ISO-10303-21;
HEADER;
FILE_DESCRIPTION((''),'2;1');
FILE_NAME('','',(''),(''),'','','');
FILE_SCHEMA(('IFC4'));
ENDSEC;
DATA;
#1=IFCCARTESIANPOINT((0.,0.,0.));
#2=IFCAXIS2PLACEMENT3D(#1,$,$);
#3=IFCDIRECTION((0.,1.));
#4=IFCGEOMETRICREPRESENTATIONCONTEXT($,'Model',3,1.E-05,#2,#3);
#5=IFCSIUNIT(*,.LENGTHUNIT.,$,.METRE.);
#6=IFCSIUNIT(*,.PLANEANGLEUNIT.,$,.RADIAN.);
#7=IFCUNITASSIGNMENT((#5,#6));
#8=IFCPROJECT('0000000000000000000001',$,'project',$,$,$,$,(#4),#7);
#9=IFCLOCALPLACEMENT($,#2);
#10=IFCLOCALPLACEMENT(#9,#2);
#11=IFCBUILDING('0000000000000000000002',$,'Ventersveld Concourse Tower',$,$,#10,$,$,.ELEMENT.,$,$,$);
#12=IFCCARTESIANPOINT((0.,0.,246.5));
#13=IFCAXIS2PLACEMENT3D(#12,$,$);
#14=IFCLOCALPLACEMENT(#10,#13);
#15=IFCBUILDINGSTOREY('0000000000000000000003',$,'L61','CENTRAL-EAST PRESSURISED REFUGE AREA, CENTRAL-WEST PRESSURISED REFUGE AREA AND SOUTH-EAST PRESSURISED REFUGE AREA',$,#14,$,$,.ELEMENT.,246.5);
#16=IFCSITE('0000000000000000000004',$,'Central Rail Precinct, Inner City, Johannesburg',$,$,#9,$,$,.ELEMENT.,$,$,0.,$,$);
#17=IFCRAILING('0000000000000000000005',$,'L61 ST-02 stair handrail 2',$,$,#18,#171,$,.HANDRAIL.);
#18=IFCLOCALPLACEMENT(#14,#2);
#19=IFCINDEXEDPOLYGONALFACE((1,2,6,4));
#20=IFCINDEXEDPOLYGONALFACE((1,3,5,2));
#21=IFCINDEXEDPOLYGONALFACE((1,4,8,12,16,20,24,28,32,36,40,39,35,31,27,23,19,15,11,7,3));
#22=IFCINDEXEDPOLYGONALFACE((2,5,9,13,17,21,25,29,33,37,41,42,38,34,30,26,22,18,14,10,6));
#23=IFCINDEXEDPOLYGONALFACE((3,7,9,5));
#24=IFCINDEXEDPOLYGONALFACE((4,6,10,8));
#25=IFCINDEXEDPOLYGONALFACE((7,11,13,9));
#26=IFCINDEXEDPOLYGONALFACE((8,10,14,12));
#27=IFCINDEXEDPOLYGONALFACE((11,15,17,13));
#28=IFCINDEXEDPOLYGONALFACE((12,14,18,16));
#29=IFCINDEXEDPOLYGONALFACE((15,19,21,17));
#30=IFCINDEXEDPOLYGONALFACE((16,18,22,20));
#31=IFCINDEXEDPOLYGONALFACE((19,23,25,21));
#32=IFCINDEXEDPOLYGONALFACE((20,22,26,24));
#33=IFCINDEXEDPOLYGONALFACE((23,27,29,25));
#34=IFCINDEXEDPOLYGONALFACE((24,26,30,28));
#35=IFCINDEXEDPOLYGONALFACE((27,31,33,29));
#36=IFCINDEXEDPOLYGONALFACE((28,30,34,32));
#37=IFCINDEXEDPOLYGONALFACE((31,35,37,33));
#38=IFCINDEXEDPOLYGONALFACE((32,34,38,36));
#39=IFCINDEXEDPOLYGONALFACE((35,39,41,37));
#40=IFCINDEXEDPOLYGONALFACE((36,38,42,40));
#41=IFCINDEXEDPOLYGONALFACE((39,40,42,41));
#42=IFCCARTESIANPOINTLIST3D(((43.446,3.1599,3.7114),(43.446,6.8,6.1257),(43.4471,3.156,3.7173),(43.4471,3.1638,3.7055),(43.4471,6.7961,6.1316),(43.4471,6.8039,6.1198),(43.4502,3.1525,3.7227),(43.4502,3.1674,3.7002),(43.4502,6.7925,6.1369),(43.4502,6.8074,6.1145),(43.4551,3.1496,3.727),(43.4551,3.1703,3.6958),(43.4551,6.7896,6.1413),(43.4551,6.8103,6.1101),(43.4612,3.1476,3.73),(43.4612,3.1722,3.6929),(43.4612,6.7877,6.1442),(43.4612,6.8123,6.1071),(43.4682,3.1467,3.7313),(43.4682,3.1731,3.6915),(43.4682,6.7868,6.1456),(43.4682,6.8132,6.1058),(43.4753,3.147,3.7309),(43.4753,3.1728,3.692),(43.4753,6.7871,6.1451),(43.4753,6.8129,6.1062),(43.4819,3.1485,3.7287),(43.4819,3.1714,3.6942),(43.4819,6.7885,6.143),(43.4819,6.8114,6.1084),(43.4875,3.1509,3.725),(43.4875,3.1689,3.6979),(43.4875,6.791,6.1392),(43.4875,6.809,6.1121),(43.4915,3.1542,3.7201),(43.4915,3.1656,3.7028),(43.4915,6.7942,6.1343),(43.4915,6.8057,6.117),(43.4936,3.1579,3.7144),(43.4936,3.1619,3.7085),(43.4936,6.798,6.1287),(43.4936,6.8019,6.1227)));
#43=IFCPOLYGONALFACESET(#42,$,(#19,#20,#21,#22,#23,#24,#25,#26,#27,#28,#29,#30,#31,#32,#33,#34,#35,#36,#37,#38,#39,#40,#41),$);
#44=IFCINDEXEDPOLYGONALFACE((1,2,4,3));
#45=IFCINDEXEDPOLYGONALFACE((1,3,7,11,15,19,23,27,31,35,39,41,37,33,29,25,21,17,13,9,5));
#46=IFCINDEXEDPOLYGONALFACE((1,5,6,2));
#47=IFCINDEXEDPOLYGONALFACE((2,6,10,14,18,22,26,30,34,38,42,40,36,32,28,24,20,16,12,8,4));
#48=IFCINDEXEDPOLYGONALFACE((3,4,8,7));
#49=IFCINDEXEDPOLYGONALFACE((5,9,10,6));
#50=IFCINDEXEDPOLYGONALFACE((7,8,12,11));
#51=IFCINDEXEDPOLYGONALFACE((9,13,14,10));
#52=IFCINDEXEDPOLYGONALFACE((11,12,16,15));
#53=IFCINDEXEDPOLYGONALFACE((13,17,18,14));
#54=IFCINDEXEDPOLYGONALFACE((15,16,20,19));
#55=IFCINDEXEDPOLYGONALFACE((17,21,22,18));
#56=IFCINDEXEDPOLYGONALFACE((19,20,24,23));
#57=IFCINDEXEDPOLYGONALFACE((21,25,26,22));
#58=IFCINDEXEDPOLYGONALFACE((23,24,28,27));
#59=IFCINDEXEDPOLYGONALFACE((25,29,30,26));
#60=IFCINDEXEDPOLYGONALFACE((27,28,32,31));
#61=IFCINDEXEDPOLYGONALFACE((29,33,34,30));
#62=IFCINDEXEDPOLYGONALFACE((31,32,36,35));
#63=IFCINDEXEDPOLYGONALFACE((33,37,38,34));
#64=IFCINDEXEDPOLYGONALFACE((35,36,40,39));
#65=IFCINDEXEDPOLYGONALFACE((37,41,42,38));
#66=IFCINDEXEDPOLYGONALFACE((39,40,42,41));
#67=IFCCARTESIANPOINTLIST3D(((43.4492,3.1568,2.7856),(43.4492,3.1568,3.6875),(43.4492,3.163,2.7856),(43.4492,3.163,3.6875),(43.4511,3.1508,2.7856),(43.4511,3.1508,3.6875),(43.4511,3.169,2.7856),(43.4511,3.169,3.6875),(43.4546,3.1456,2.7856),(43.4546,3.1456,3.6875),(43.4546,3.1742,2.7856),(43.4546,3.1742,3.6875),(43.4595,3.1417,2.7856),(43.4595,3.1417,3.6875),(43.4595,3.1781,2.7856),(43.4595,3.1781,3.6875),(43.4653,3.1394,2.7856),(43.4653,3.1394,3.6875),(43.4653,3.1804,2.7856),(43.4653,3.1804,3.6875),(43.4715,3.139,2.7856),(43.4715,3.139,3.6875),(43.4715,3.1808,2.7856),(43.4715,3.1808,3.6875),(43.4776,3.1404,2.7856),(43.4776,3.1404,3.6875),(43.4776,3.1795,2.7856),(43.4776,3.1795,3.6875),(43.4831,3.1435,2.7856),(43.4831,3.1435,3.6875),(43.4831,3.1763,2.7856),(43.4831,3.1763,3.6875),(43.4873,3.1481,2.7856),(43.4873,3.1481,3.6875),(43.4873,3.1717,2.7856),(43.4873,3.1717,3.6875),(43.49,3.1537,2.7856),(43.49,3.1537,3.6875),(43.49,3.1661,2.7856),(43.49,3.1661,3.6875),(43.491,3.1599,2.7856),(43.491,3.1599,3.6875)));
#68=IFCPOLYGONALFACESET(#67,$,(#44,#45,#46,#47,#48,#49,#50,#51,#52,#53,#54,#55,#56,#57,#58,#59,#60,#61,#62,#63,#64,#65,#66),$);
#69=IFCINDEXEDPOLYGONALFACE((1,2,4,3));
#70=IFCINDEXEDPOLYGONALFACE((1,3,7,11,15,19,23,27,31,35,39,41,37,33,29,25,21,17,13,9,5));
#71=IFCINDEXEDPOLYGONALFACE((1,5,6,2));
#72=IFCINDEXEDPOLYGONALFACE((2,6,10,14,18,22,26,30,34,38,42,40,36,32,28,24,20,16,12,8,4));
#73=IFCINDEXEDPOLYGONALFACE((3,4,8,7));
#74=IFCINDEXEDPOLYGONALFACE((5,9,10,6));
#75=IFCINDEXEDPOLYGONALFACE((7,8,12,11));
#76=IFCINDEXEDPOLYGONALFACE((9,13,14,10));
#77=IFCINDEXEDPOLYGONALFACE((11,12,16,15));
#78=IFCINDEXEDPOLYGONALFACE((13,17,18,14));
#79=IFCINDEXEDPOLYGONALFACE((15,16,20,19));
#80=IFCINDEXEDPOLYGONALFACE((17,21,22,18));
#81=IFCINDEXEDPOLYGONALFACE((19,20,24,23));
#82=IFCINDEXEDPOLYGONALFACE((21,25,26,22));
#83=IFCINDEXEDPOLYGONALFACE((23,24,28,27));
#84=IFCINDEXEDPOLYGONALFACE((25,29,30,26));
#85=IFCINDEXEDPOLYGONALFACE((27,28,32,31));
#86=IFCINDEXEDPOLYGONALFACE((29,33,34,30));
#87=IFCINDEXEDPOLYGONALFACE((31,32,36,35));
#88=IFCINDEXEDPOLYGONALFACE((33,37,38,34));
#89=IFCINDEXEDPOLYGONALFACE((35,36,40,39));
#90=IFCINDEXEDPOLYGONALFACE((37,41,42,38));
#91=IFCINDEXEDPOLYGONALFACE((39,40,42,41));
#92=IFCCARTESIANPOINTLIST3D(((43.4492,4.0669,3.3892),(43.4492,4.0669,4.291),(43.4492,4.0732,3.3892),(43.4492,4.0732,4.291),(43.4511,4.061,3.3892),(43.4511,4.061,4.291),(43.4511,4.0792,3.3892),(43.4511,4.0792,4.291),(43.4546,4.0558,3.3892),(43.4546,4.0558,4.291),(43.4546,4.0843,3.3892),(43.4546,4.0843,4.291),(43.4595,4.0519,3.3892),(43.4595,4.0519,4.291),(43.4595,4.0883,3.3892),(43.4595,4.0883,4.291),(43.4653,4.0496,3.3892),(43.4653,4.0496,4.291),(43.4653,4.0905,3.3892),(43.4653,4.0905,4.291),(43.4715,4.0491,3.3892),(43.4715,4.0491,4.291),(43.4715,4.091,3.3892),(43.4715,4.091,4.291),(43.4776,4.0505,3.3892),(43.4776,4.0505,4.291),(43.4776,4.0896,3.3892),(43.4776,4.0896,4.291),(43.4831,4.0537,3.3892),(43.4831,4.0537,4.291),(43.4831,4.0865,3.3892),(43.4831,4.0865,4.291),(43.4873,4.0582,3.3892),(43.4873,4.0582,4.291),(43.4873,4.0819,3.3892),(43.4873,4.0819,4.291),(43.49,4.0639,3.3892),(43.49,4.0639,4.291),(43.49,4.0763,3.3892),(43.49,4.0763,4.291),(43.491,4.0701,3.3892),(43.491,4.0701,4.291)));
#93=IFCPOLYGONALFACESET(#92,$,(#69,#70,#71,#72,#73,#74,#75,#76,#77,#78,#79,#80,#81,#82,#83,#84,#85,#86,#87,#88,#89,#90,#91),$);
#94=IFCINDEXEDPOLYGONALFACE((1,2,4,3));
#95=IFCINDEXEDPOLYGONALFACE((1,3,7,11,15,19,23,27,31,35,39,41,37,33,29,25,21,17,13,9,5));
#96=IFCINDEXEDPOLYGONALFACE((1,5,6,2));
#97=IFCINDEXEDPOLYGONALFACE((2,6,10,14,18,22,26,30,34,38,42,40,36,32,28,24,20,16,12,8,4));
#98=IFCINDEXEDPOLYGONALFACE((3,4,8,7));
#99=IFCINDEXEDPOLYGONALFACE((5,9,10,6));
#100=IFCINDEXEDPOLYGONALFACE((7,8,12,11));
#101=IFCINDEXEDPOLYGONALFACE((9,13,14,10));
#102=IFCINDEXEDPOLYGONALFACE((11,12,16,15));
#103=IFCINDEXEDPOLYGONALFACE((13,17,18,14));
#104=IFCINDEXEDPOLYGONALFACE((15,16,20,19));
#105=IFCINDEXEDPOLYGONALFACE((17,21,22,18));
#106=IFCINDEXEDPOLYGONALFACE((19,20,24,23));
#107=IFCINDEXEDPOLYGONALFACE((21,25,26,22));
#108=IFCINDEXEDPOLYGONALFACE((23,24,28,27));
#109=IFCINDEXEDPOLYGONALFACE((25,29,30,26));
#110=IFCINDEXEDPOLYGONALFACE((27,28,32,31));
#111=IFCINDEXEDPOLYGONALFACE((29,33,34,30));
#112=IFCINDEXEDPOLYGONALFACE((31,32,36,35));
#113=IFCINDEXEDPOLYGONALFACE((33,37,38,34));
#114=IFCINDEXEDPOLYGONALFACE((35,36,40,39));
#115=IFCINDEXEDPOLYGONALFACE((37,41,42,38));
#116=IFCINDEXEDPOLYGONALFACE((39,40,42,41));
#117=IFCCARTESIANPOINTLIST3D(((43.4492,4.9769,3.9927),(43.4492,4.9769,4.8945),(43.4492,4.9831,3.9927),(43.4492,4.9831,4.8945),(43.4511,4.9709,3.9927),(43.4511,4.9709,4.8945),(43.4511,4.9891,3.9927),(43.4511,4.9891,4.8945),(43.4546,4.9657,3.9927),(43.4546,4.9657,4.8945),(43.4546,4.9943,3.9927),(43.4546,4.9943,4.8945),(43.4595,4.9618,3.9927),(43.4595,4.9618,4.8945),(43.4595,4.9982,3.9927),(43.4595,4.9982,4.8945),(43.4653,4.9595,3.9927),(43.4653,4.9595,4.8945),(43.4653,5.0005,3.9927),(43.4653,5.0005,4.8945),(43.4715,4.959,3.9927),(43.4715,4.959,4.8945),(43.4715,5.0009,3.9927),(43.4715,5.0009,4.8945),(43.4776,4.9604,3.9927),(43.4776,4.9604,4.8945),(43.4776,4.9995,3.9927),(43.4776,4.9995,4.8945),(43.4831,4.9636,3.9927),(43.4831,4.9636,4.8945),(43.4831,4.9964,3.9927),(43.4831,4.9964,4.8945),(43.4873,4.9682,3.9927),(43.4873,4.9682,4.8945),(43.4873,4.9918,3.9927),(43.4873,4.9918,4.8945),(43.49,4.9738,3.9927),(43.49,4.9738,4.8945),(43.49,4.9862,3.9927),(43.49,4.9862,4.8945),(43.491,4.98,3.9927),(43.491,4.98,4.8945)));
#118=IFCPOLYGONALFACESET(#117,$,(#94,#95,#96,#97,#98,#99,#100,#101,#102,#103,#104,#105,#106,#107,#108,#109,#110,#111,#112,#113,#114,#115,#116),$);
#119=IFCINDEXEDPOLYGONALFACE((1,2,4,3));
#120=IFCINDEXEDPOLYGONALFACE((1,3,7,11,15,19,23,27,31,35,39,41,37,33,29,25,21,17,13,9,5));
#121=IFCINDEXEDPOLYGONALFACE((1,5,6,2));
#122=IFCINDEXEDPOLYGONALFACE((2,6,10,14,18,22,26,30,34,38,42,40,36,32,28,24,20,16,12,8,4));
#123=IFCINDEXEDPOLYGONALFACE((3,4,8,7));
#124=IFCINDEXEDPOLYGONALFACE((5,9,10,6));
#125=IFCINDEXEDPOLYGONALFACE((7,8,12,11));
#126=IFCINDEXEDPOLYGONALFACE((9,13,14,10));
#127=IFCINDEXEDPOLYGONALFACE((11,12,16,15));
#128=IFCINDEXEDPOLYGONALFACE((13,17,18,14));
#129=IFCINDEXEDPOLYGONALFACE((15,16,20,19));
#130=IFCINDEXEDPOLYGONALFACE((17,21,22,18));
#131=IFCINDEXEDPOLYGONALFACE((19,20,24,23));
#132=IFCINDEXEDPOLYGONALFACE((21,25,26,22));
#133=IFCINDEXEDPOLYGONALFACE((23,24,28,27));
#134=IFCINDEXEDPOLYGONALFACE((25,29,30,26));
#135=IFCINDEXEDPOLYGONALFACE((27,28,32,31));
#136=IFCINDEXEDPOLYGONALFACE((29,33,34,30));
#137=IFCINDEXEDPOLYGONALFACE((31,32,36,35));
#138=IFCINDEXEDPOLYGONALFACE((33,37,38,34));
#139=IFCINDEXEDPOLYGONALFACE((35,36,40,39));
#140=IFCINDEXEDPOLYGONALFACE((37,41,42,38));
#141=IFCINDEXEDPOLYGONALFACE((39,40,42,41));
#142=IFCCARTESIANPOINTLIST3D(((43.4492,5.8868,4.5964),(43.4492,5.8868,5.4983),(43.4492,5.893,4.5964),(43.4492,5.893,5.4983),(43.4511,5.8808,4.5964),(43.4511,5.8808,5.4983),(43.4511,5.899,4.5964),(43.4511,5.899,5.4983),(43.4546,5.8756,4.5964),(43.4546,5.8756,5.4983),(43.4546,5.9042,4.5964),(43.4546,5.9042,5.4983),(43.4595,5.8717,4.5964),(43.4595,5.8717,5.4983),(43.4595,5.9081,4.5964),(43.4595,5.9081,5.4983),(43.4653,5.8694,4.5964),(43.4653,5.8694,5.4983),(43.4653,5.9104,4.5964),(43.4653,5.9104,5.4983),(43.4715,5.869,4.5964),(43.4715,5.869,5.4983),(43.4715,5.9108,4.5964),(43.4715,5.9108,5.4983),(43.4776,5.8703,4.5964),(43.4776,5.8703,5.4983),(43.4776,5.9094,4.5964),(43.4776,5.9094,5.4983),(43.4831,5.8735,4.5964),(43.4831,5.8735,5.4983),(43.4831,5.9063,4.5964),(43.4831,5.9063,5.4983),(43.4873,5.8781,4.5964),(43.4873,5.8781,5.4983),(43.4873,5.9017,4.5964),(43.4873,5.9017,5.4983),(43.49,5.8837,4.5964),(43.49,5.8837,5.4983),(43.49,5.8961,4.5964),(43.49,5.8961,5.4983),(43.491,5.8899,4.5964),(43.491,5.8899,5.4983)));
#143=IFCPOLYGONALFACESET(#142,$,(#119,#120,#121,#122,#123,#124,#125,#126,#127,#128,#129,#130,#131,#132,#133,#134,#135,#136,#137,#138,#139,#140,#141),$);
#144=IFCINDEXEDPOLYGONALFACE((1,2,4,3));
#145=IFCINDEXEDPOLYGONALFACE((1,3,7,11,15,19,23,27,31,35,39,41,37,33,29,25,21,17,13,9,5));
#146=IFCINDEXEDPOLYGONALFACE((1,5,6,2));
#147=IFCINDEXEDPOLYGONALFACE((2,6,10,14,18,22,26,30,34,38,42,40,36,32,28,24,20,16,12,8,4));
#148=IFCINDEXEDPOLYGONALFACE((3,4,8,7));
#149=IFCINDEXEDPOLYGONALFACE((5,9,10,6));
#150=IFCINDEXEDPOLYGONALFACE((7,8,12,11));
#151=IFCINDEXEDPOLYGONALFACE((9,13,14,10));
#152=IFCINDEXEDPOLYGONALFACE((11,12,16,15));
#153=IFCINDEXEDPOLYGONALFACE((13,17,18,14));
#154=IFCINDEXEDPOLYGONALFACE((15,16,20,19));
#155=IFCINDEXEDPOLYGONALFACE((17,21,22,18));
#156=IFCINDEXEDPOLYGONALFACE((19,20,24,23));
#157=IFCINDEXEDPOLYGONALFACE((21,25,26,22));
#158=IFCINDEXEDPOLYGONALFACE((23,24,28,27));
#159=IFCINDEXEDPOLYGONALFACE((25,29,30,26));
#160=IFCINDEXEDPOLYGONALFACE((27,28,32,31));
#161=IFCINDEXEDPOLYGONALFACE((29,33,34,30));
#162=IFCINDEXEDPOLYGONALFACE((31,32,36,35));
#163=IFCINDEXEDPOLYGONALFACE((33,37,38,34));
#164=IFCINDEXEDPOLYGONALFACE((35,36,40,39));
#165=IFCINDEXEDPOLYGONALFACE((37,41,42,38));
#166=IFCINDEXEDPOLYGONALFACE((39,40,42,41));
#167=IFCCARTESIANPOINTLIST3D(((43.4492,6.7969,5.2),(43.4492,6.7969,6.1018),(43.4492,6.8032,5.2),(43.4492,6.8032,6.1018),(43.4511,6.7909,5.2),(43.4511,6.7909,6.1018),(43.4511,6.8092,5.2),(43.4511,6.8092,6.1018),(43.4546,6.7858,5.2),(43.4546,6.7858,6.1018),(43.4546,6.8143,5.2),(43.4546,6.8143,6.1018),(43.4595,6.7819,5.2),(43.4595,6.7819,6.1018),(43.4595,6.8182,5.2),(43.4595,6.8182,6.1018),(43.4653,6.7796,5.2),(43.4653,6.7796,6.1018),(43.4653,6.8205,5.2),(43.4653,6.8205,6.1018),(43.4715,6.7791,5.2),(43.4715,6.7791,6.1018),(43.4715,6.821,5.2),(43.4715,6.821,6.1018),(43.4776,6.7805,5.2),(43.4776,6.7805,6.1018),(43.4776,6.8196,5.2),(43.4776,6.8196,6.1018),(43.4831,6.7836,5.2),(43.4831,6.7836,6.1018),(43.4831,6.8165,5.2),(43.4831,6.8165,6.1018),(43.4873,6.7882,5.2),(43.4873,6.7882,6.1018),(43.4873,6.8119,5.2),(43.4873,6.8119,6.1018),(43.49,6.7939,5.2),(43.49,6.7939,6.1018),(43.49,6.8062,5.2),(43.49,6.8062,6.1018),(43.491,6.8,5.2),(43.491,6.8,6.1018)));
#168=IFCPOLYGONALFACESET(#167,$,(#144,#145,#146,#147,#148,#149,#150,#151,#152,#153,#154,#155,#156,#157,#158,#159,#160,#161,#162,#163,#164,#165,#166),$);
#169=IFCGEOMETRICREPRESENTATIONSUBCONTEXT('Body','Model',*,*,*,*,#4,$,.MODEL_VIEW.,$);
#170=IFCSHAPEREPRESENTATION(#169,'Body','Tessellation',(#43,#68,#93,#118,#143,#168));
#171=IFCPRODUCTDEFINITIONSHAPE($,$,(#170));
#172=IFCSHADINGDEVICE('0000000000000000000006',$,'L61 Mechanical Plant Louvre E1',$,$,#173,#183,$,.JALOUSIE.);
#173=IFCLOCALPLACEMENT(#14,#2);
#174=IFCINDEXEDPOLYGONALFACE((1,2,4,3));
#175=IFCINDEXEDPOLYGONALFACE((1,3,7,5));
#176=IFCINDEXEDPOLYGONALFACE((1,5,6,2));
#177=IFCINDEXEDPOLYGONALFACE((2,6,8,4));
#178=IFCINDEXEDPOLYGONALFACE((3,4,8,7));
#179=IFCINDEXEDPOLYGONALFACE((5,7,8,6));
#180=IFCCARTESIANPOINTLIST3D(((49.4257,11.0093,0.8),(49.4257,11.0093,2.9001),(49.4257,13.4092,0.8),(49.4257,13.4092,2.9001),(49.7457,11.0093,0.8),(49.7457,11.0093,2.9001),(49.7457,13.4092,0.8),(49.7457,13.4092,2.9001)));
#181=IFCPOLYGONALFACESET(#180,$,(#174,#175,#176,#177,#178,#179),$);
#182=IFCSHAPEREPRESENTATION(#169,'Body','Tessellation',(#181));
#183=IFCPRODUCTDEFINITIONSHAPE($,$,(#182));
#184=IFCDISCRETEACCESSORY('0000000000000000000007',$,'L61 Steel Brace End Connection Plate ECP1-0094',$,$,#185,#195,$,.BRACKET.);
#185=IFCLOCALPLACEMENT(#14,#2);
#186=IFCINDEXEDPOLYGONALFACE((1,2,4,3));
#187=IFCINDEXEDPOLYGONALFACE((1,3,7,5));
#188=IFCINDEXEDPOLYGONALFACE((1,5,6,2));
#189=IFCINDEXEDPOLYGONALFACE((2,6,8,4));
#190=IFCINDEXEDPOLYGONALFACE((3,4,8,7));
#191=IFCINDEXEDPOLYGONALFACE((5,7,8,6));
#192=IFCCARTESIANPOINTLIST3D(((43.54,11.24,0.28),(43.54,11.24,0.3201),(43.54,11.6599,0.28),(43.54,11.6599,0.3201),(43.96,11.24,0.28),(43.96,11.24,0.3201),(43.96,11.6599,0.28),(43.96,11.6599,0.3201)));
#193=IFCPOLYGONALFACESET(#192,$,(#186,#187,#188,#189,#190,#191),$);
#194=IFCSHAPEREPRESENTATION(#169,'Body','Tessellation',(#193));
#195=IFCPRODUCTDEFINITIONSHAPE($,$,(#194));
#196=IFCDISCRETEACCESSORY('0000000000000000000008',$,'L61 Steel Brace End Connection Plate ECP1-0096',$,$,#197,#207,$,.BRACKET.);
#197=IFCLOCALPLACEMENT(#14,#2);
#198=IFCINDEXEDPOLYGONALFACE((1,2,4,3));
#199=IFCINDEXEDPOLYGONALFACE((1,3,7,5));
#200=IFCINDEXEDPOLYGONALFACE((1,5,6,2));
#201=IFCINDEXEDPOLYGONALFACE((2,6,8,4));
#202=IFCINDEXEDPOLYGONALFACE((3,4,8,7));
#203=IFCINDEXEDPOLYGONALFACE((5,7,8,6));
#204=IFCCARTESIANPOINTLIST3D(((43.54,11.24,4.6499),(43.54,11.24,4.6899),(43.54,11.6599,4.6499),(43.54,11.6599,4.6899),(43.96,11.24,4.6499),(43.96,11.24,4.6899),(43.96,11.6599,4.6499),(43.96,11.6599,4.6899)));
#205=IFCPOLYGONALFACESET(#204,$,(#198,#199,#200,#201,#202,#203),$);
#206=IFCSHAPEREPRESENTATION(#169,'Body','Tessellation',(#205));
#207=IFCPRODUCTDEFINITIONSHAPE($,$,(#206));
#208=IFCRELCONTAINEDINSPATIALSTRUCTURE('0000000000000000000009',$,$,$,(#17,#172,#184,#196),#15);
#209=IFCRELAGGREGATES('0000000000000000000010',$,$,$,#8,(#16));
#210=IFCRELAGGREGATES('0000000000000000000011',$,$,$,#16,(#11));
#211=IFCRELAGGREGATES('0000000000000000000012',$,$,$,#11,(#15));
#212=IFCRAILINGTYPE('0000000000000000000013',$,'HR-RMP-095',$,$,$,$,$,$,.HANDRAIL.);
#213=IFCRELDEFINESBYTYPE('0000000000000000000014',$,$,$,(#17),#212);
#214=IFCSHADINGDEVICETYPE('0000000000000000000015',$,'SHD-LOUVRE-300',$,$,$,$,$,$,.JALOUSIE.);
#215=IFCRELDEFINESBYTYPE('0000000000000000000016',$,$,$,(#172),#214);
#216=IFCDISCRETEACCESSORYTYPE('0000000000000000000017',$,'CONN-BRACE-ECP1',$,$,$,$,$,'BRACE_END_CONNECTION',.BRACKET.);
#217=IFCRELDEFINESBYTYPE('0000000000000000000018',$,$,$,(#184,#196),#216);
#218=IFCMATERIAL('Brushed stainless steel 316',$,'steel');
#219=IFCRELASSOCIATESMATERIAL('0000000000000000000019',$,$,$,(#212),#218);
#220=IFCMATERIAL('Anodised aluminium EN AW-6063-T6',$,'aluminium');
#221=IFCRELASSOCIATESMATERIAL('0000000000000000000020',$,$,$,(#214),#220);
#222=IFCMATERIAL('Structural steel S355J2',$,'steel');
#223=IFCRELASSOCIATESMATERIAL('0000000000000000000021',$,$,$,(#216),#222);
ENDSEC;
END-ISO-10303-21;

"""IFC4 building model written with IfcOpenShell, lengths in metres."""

from ifc_helpers import new_model, si_unit, direction, frame, origin, origin_2d, place, context, subcontext, project, spatial, rectangle, circle, extrude, material, type_object, element, save


model = new_model("IFC4")

# Units and contexts
model_context = context("Model", 3, precision=1e-05, world=origin(), true_north=direction((0.0, 1.0)))
body_context = subcontext(model_context, "Body", "Model", "MODEL_VIEW")
ifc_project = project(units=[si_unit("LENGTHUNIT", "METRE"), si_unit("PLANEANGLEUNIT", "RADIAN")], contexts=[model_context])

# Site, building, storey
site_placement = place(None, origin())
site = spatial("IfcSite", under=ifc_project, at=site_placement, Name="Central Rail Precinct, Inner City, Johannesburg", CompositionType="ELEMENT", RefElevation=0.0)
building_placement = place(site_placement, origin())
building = spatial("IfcBuilding", under=site, at=building_placement, Name="Ventersveld Concourse Tower", CompositionType="ELEMENT")
storey_placement = place(building_placement, frame((0.0, 0.0, 246.5)))
storey = spatial("IfcBuildingStorey", under=building, at=storey_placement, Name="L61", Description="CENTRAL-EAST PRESSURISED REFUGE AREA, CENTRAL-WEST PRESSURISED REFUGE AREA AND SOUTH-EAST PRESSURISED REFUGE AREA", CompositionType="ELEMENT", Elevation=246.5)

# Shared definitions
ifc_material_1 = material(Name="Structural steel S355J2", Category="steel")

# Railing
ifc_material_2 = material(Name="Brushed stainless steel 316", Category="steel")
railing_type_1 = type_object("IfcRailingType", Name="HR-RMP-095", PredefinedType="HANDRAIL", material=ifc_material_2)
railing_1_placement = place(storey_placement, frame((43.47, 3.1599, 2.7856)))
element("IfcRailing", 1, at=railing_1_placement, inside=storey, type_object=railing_type_1, Name="L61 ST-02 stair handrail 2", PredefinedType="HANDRAIL", context=body_context, shape_type="SweptSolid", body=[
    extrude(circle(Radius=0.0239, at=origin_2d()), frame((0.0, 0.0, 0.9258), z_axis=(0.0, 0.833364, 0.552725), x_axis=(-1.0, 0.0, 0.0)), (0.0, 0.0, 1.0), 4.3679),
    extrude(circle(Radius=0.021, at=origin_2d()), origin(), (0.0, 0.0, 1.0), 0.9019),
    extrude(circle(Radius=0.021, at=origin_2d()), frame((0.0, 0.9102, 0.6035)), (0.0, 0.0, 1.0), 0.9019),
    extrude(circle(Radius=0.021, at=origin_2d()), frame((0.0, 1.8201, 1.207)), (0.0, 0.0, 1.0), 0.9019),
    extrude(circle(Radius=0.021, at=origin_2d()), frame((0.0, 2.73, 1.8108)), (0.0, 0.0, 1.0), 0.9019),
    extrude(circle(Radius=0.021, at=origin_2d()), frame((0.0, 3.6401, 2.4143)), (0.0, 0.0, 1.0), 0.9019),
])

# Shading device
ifc_material_3 = material(Name="Anodised aluminium EN AW-6063-T6", Category="aluminium")
shading_device_type = type_object("IfcShadingDeviceType", Name="SHD-LOUVRE-300", PredefinedType="JALOUSIE", material=ifc_material_3)
shading_device_placement = place(storey_placement, frame((49.5857, 12.2092, 0.8), z_axis=(0.0, 0.0, 1.0), x_axis=(0.0, 1.0, 0.0)))
element("IfcShadingDevice", 2, at=shading_device_placement, inside=storey, type_object=shading_device_type, Name="L61 Mechanical Plant Louvre E1", PredefinedType="JALOUSIE", context=body_context, shape_type="SweptSolid", body=[
    extrude(rectangle(XDim=2.3999, YDim=0.3201, at=origin_2d()), origin(), (0.0, 0.0, 1.0), 2.1001),
])

# Discrete accessories
discrete_accessory_type = type_object("IfcDiscreteAccessoryType", Name="CONN-BRACE-ECP1", ElementType="BRACE_END_CONNECTION", PredefinedType="BRACKET", material=ifc_material_1)
for number, where, z_axis, x_axis, name in (
    (3, (43.75, 11.45, 0.28), (0.0, 0.0, 1.0), (1.0, 0.0, 0.0), "L61 Steel Brace End Connection Plate ECP1-0094"),
    (4, (43.75, 11.45, 4.6499), (0.0, 0.0, 1.0), (1.0, 0.0, 0.0), "L61 Steel Brace End Connection Plate ECP1-0096"),
):
    element("IfcDiscreteAccessory", number, at=place(storey_placement, frame(where, z_axis=z_axis, x_axis=x_axis)), inside=storey, type_object=discrete_accessory_type, Name=name, PredefinedType="BRACKET", context=body_context, shape_type="SweptSolid", body=[
        extrude(rectangle(XDim=0.4199, YDim=0.4199, at=origin_2d()), origin(), (0.0, 0.0, 1.0), 0.04),
    ])

save(model, "model.ifc")
